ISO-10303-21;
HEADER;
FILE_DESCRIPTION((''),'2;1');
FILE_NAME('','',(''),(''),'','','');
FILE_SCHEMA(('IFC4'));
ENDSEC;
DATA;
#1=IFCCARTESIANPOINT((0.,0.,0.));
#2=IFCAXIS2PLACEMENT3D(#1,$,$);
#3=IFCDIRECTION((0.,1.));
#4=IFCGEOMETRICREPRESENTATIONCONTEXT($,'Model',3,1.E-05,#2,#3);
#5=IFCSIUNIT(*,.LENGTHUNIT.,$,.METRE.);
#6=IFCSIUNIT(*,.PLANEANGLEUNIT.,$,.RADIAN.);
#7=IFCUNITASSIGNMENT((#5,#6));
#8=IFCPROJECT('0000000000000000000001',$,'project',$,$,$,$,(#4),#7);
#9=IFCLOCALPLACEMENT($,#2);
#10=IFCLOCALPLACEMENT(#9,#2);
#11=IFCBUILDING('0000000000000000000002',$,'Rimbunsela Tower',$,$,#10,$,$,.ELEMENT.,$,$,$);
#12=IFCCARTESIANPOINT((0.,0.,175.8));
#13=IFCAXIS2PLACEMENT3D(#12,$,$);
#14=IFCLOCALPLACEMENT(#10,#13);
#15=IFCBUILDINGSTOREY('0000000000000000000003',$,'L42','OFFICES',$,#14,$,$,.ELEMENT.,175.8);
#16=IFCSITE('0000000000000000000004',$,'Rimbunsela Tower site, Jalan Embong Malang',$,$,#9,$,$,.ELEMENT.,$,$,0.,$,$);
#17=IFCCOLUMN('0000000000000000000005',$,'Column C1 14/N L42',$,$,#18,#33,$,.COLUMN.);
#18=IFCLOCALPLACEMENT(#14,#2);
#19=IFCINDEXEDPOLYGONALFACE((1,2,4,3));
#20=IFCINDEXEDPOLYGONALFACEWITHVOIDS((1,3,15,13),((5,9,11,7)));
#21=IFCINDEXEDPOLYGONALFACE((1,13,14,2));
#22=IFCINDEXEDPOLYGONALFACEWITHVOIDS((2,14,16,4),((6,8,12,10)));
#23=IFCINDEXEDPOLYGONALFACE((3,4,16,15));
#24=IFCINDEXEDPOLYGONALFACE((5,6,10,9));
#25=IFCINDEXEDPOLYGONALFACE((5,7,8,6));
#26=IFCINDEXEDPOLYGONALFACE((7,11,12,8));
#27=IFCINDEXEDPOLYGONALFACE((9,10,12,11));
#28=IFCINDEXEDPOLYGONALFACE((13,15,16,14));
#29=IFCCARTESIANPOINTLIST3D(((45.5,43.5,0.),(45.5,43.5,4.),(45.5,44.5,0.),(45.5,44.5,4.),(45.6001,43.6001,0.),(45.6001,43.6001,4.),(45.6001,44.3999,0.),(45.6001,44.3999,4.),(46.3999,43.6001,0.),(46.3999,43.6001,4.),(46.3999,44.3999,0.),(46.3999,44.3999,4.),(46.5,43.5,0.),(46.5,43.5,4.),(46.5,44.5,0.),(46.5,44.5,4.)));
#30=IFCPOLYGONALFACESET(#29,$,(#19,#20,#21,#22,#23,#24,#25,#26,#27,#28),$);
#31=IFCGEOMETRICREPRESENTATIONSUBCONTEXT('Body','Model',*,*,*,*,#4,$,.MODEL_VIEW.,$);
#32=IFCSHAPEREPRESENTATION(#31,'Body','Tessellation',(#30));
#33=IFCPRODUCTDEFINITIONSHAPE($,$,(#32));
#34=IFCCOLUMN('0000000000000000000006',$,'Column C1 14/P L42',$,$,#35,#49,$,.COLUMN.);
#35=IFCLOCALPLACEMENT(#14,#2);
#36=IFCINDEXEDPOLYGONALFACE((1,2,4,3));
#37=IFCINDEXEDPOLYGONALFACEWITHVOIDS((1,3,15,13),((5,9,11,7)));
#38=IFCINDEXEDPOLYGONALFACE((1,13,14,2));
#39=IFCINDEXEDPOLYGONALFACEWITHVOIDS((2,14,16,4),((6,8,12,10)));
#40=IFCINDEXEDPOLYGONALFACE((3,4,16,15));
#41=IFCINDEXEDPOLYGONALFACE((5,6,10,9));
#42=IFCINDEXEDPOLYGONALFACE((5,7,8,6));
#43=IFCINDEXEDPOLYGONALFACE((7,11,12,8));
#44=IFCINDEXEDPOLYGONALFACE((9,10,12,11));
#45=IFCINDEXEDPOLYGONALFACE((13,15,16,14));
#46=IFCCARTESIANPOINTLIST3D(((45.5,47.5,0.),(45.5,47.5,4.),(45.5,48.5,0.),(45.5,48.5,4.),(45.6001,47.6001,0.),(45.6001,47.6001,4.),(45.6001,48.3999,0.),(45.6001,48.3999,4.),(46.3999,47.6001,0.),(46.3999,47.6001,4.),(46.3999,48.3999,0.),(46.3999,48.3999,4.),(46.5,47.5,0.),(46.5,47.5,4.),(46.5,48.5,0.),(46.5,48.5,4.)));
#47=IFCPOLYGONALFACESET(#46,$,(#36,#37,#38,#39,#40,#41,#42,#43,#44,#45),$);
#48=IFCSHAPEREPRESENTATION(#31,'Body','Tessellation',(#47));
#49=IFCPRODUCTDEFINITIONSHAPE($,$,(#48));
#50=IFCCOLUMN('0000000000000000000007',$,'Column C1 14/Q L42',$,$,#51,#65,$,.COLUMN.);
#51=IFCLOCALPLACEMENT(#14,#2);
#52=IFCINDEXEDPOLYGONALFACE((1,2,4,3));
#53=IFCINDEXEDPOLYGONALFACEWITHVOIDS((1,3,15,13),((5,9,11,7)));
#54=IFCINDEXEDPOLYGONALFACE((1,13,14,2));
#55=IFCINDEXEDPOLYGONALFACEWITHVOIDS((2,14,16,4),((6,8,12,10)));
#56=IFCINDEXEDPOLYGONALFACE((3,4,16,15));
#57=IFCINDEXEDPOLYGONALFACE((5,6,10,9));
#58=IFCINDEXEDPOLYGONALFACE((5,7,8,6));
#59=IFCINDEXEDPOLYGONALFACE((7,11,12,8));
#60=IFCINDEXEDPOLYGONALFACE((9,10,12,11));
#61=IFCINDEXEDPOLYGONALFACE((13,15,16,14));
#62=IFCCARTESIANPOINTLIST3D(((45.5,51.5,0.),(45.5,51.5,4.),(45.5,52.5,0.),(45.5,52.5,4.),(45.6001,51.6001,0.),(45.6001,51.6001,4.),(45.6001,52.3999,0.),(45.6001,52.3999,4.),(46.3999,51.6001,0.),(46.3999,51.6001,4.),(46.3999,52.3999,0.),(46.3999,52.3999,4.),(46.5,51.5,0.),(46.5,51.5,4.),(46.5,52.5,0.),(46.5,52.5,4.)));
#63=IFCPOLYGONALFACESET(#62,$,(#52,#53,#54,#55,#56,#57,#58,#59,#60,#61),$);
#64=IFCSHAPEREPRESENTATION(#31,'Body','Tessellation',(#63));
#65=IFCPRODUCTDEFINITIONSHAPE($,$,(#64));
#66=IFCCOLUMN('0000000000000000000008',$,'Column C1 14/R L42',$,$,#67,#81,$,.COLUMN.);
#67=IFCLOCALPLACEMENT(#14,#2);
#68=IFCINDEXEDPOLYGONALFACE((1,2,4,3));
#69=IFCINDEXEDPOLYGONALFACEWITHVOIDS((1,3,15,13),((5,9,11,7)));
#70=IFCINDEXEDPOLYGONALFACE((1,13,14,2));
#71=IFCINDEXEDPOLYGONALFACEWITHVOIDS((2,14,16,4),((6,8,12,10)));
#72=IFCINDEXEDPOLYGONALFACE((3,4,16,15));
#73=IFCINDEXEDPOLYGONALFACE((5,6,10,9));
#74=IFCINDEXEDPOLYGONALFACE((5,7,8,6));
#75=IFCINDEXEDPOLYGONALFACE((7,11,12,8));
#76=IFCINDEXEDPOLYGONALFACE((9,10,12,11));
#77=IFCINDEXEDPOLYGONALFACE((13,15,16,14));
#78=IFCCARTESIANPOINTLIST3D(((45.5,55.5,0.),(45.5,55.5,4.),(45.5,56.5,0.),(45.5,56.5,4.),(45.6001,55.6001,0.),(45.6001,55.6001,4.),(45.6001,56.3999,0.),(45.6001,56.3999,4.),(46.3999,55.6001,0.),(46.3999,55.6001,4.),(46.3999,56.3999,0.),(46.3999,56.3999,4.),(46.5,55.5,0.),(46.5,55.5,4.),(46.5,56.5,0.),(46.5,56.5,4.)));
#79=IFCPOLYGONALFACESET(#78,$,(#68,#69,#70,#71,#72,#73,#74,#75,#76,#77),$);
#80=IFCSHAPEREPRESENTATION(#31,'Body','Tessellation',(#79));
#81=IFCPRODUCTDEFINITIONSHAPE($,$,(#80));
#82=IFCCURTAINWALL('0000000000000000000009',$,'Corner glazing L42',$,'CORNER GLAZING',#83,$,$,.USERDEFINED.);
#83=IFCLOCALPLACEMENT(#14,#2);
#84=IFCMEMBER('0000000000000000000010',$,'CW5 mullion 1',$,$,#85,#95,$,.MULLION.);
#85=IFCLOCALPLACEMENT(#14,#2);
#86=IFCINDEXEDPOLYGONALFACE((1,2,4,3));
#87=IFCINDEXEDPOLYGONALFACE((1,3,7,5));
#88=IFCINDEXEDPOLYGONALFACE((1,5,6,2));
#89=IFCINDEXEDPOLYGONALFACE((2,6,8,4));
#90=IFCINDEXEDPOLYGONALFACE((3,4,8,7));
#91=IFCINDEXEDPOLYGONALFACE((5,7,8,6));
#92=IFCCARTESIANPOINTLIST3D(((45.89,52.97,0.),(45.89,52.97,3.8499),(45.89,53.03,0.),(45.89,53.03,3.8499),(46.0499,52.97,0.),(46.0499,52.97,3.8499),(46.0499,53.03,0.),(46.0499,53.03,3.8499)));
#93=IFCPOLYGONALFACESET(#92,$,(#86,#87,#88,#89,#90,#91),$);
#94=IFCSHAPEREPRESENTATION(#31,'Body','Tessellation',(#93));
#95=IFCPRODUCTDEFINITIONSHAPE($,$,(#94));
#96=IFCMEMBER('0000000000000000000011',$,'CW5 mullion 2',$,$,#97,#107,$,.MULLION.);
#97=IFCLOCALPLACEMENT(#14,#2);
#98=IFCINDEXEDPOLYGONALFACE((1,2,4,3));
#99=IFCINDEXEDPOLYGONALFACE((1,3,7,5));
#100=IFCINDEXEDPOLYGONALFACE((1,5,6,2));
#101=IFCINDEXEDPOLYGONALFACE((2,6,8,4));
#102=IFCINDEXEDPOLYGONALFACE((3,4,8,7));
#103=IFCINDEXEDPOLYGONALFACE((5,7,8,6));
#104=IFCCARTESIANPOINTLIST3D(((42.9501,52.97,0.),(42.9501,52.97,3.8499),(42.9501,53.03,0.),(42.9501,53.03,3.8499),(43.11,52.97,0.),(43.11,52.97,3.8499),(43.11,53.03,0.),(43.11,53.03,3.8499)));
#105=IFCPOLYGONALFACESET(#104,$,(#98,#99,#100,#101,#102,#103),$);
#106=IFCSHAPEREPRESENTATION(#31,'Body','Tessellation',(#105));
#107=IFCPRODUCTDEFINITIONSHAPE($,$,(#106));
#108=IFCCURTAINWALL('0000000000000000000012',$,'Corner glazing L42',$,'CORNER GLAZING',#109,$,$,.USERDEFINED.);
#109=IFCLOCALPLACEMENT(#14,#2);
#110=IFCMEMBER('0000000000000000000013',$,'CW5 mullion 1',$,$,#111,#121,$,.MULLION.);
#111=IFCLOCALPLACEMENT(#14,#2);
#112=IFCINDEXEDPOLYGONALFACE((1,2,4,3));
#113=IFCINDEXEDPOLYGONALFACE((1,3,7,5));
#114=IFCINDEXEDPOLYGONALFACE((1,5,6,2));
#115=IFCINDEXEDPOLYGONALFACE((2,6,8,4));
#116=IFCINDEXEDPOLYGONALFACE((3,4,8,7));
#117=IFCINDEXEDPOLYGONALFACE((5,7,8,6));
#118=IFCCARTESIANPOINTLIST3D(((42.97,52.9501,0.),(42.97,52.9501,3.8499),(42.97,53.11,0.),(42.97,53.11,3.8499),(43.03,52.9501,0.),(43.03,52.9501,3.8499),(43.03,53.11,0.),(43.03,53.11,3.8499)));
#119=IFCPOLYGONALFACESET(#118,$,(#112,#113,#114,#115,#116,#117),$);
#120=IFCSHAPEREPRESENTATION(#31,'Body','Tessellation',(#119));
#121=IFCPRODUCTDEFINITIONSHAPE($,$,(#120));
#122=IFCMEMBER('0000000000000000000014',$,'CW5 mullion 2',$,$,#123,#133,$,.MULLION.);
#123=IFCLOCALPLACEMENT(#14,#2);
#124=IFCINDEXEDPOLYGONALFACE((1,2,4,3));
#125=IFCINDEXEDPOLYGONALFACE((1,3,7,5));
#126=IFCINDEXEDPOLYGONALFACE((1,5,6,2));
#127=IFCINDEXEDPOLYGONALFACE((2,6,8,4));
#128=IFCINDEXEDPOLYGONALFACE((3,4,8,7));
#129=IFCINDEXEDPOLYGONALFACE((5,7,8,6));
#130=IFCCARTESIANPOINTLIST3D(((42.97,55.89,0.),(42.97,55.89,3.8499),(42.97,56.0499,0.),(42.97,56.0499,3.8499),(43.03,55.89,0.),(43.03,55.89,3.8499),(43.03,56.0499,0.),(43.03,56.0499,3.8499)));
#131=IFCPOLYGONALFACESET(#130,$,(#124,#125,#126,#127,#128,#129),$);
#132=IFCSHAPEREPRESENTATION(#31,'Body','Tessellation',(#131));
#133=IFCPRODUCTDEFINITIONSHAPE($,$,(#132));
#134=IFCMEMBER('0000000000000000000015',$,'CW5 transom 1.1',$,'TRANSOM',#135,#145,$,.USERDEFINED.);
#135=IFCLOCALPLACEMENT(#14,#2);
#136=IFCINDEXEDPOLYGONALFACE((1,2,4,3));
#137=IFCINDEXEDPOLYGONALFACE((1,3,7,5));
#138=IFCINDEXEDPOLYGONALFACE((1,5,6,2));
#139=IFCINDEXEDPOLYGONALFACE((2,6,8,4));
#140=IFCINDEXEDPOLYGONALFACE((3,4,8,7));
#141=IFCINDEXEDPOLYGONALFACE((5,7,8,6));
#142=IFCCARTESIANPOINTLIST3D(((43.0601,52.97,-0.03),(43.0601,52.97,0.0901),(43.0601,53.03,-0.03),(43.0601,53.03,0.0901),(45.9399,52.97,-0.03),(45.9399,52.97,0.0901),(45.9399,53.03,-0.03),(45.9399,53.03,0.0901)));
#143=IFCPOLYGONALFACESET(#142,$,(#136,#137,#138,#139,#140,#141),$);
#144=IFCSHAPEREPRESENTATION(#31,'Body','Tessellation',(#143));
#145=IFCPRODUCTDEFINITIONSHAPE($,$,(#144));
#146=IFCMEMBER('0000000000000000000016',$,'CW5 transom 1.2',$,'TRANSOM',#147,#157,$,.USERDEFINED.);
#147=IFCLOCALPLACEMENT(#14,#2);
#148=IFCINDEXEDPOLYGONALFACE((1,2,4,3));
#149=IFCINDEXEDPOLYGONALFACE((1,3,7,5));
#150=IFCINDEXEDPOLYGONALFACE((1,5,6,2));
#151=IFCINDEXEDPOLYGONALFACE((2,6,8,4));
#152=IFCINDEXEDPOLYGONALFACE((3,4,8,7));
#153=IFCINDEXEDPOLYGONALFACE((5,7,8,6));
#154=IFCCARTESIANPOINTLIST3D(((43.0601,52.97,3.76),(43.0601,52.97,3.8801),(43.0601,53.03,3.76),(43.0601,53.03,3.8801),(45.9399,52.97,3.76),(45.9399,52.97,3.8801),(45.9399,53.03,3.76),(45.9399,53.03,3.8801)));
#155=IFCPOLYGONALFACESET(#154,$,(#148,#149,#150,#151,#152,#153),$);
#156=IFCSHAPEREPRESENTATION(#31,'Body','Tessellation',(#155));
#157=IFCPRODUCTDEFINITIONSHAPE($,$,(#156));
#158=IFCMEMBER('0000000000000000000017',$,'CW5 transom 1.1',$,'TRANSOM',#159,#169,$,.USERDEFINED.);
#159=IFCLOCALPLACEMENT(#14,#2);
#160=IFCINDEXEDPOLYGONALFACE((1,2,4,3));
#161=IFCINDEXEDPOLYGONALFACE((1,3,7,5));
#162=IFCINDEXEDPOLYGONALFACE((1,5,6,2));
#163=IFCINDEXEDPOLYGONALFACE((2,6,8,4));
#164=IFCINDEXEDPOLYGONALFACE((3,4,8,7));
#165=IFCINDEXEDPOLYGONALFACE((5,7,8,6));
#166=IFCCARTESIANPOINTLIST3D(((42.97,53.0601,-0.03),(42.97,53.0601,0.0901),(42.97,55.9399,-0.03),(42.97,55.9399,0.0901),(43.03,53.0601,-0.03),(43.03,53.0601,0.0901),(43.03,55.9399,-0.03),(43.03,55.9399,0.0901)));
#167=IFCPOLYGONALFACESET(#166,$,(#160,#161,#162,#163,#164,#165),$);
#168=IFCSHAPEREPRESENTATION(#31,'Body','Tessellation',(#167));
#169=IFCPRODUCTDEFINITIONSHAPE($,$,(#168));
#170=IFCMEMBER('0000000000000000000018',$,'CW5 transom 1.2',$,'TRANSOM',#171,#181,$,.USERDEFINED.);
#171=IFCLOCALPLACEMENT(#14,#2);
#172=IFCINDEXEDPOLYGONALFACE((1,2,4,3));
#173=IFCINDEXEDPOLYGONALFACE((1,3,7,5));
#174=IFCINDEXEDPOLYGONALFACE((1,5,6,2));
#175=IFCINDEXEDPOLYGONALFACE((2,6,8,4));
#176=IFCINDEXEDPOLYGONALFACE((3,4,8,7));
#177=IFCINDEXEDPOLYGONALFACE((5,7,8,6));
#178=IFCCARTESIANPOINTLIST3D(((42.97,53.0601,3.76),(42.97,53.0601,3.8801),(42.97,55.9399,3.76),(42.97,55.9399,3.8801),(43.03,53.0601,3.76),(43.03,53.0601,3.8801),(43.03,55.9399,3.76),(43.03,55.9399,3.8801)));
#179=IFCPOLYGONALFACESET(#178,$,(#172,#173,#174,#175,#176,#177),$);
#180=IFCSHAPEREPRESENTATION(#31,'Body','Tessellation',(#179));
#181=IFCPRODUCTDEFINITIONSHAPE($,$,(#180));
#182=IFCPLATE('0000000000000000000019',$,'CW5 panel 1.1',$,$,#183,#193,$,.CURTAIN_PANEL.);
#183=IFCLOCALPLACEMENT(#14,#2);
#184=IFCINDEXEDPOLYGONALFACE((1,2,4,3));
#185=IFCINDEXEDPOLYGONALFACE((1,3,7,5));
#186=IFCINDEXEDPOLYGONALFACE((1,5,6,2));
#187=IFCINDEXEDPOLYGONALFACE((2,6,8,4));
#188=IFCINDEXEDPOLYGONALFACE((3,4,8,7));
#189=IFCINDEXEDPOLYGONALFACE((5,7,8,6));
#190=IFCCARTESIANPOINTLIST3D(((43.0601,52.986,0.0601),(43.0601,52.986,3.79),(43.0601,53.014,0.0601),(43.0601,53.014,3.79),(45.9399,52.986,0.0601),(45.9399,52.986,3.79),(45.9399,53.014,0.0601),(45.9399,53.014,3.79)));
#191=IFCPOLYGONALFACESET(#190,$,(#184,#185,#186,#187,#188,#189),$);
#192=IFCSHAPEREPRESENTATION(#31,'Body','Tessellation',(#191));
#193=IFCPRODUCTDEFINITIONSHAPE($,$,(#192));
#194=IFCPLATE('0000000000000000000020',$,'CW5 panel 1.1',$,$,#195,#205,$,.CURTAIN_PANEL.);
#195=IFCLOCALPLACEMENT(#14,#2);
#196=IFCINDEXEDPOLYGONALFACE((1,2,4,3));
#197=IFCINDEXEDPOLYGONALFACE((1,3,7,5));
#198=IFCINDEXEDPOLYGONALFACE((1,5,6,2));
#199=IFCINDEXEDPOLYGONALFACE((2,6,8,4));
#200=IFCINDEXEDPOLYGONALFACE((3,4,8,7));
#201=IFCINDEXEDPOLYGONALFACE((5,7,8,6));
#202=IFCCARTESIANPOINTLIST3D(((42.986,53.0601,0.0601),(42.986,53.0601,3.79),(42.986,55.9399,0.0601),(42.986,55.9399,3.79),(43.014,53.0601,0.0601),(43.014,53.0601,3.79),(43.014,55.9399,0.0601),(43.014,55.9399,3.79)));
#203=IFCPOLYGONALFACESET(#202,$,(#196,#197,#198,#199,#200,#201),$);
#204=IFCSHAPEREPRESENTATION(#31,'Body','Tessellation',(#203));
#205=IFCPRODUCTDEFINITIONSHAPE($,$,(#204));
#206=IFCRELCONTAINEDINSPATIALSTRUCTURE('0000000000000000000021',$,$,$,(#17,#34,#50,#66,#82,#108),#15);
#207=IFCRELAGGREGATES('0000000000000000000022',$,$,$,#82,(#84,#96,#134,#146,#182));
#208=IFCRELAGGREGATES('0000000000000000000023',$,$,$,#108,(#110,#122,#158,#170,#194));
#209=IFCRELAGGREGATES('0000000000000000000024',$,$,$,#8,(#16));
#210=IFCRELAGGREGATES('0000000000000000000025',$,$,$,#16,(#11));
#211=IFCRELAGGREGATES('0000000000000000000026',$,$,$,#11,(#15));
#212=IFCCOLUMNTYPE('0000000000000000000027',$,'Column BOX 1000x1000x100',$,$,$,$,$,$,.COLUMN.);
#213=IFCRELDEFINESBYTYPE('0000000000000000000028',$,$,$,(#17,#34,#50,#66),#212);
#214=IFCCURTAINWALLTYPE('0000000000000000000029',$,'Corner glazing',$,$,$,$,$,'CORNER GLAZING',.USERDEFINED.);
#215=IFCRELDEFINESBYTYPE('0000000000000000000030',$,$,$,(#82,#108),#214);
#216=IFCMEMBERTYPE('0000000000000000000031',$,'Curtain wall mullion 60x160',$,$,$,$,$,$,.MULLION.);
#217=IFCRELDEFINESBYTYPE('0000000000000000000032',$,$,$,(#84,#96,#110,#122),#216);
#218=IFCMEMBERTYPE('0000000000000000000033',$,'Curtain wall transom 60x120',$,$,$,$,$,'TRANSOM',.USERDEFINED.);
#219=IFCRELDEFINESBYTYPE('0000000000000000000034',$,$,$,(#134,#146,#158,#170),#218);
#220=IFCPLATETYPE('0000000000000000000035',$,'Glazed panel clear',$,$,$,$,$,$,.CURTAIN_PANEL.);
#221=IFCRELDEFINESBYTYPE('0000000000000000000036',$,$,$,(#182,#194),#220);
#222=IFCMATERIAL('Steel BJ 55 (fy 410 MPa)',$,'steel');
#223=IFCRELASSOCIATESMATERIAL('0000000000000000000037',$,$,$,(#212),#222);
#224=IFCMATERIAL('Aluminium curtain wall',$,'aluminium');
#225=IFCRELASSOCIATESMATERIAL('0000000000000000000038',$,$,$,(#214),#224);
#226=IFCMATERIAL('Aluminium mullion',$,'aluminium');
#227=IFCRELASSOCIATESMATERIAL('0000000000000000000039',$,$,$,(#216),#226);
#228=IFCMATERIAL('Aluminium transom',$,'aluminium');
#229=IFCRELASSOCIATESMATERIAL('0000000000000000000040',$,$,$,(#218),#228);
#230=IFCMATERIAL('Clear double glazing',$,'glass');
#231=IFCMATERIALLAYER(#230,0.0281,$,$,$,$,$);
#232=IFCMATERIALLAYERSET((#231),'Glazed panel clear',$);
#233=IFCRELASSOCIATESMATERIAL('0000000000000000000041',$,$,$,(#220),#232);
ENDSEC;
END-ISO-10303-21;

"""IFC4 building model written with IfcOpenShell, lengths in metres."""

from ifc_helpers import new_model, si_unit, direction, frame, origin, origin_2d, place, context, subcontext, project, spatial, rectangle, hollow_rectangle, extrude, material, layer, layer_set, material_profile, profile_set, type_object, element, aggregate, save


model = new_model("IFC4")

# Units and contexts
model_context = context("Model", 3, precision=1e-05, world=origin(), true_north=direction((0.0, 1.0)))
body_context = subcontext(model_context, "Body", "Model", "MODEL_VIEW")
ifc_project = project(units=[si_unit("LENGTHUNIT", "METRE"), si_unit("PLANEANGLEUNIT", "RADIAN")], contexts=[model_context])

# Site, building, storey
site_placement = place(None, origin())
site = spatial("IfcSite", under=ifc_project, at=site_placement, Name="Rimbunsela Tower site, Jalan Embong Malang", CompositionType="ELEMENT", RefElevation=0.0)
building_placement = place(site_placement, origin())
building = spatial("IfcBuilding", under=site, at=building_placement, Name="Rimbunsela Tower", CompositionType="ELEMENT")
storey_placement = place(building_placement, frame((0.0, 0.0, 175.8)))
storey = spatial("IfcBuildingStorey", under=building, at=storey_placement, Name="L42", Description="OFFICES", CompositionType="ELEMENT", Elevation=175.8)

# Columns
ifc_material_1 = material(Name="Steel BJ 55 (fy 410 MPa)", Category="steel")
ifc_material_profile_1 = material_profile(ifc_material_1, hollow_rectangle(XDim=1.0, YDim=1.0, WallThickness=0.1001, at=origin_2d()), Name="BOX 1000x1000x100")
ifc_profile_set_1 = profile_set([ifc_material_profile_1], Name="Steel BJ 55 (fy 410 MPa)")
column_type = type_object("IfcColumnType", Name="Column BOX 1000x1000x100", PredefinedType="COLUMN", material=ifc_profile_set_1)
for number, where, z_axis, x_axis, name in (
    (1, (46.0, 44.0, 0.0), (0.0, 0.0, 1.0), (1.0, 0.0, 0.0), "Column C1 14/N L42"),
    (2, (46.0, 48.0, 0.0), (0.0, 0.0, 1.0), (1.0, 0.0, 0.0), "Column C1 14/P L42"),
    (3, (46.0, 52.0, 0.0), (0.0, 0.0, 1.0), (1.0, 0.0, 0.0), "Column C1 14/Q L42"),
    (4, (46.0, 56.0, 0.0), (0.0, 0.0, 1.0), (1.0, 0.0, 0.0), "Column C1 14/R L42"),
):
    element("IfcColumn", number, at=place(storey_placement, frame(where, z_axis=z_axis, x_axis=x_axis)), inside=storey, type_object=column_type, Name=name, PredefinedType="COLUMN", context=body_context, shape_type="SweptSolid", body=[
        extrude(hollow_rectangle(XDim=1.0, YDim=1.0, WallThickness=0.1001, at=origin_2d()), origin(), (0.0, 0.0, 1.0), 4.0),
    ])

# Curtain walls, members
ifc_material_2 = material(Name="Aluminium curtain wall", Category="aluminium")
curtain_wall_type = type_object("IfcCurtainWallType", Name="Corner glazing", ElementType="CORNER GLAZING", PredefinedType="USERDEFINED", material=ifc_material_2)
curtain_wall_1_placement = place(storey_placement, origin())
curtain_wall_1 = element("IfcCurtainWall", 5, at=curtain_wall_1_placement, inside=storey, type_object=curtain_wall_type, Name="Corner glazing L42", ObjectType="CORNER GLAZING", PredefinedType="USERDEFINED")
ifc_material_3 = material(Name="Aluminium mullion", Category="aluminium")
ifc_material_profile_2 = material_profile(ifc_material_3, rectangle(XDim=0.0601, YDim=0.1599, at=origin_2d()), Name="Mullion 60x160")
ifc_profile_set_2 = profile_set([ifc_material_profile_2], Name="Aluminium mullion")
member_type_1 = type_object("IfcMemberType", Name="Curtain wall mullion 60x160", PredefinedType="MULLION", material=ifc_profile_set_2)
member_1_placement = place(storey_placement, frame((45.97, 53.0, 0.0), z_axis=(0.0, 0.0, 1.0), x_axis=(0.0, -1.0, 0.0)))
member_1 = element("IfcMember", 6, at=member_1_placement, type_object=member_type_1, Name="CW5 mullion 1", PredefinedType="MULLION", context=body_context, shape_type="SweptSolid", body=[
    extrude(rectangle(XDim=0.0601, YDim=0.1599, at=origin_2d()), origin(), (0.0, 0.0, 1.0), 3.8499),
])
member_2_placement = place(storey_placement, frame((43.03, 53.0, 0.0), z_axis=(0.0, 0.0, 1.0), x_axis=(0.0, -1.0, 0.0)))
member_2 = element("IfcMember", 7, at=member_2_placement, type_object=member_type_1, Name="CW5 mullion 2", PredefinedType="MULLION", context=body_context, shape_type="SweptSolid", body=[
    extrude(rectangle(XDim=0.0601, YDim=0.1599, at=origin_2d()), origin(), (0.0, 0.0, 1.0), 3.8499),
])
curtain_wall_2_placement = place(storey_placement, origin())
curtain_wall_2 = element("IfcCurtainWall", 8, at=curtain_wall_2_placement, inside=storey, type_object=curtain_wall_type, Name="Corner glazing L42", ObjectType="CORNER GLAZING", PredefinedType="USERDEFINED")
member_3_placement = place(storey_placement, frame((43.0, 53.03, 0.0), z_axis=(0.0, 0.0, 1.0), x_axis=(-1.0, 0.0, 0.0)))
member_3 = element("IfcMember", 9, at=member_3_placement, type_object=member_type_1, Name="CW5 mullion 1", PredefinedType="MULLION", context=body_context, shape_type="SweptSolid", body=[
    extrude(rectangle(XDim=0.0601, YDim=0.1599, at=origin_2d()), origin(), (0.0, 0.0, 1.0), 3.8499),
])
member_4_placement = place(storey_placement, frame((43.0, 55.97, 0.0), z_axis=(0.0, 0.0, 1.0), x_axis=(-1.0, 0.0, 0.0)))
member_4 = element("IfcMember", 10, at=member_4_placement, type_object=member_type_1, Name="CW5 mullion 2", PredefinedType="MULLION", context=body_context, shape_type="SweptSolid", body=[
    extrude(rectangle(XDim=0.0601, YDim=0.1599, at=origin_2d()), origin(), (0.0, 0.0, 1.0), 3.8499),
])

# Members
ifc_material_4 = material(Name="Aluminium transom", Category="aluminium")
ifc_material_profile_3 = material_profile(ifc_material_4, rectangle(XDim=0.0601, YDim=0.1201, at=origin_2d()), Name="Transom 60x120")
ifc_profile_set_3 = profile_set([ifc_material_profile_3], Name="Aluminium transom")
member_type_2 = type_object("IfcMemberType", Name="Curtain wall transom 60x120", ElementType="TRANSOM", PredefinedType="USERDEFINED", material=ifc_profile_set_3)
member_5_placement = place(storey_placement, frame((45.9399, 53.0, 0.03), z_axis=(-1.0, 0.0, 0.0), x_axis=(0.0, -1.0, 0.0)))
member_5 = element("IfcMember", 11, at=member_5_placement, type_object=member_type_2, Name="CW5 transom 1.1", ObjectType="TRANSOM", PredefinedType="USERDEFINED", context=body_context, shape_type="SweptSolid", body=[
    extrude(rectangle(XDim=0.0601, YDim=0.1201, at=origin_2d()), origin(), (0.0, 0.0, 1.0), 2.8799),
])
member_6_placement = place(storey_placement, frame((45.9399, 53.0, 3.8201), z_axis=(-1.0, 0.0, 0.0), x_axis=(0.0, -1.0, 0.0)))
member_6 = element("IfcMember", 12, at=member_6_placement, type_object=member_type_2, Name="CW5 transom 1.2", ObjectType="TRANSOM", PredefinedType="USERDEFINED", context=body_context, shape_type="SweptSolid", body=[
    extrude(rectangle(XDim=0.0601, YDim=0.1201, at=origin_2d()), origin(), (0.0, 0.0, 1.0), 2.8799),
])
member_7_placement = place(storey_placement, frame((43.0, 53.0601, 0.03), z_axis=(0.0, 1.0, 0.0), x_axis=(-1.0, 0.0, 0.0)))
member_7 = element("IfcMember", 13, at=member_7_placement, type_object=member_type_2, Name="CW5 transom 1.1", ObjectType="TRANSOM", PredefinedType="USERDEFINED", context=body_context, shape_type="SweptSolid", body=[
    extrude(rectangle(XDim=0.0601, YDim=0.1201, at=origin_2d()), origin(), (0.0, 0.0, 1.0), 2.8799),
])
member_8_placement = place(storey_placement, frame((43.0, 53.0601, 3.8201), z_axis=(0.0, 1.0, 0.0), x_axis=(-1.0, 0.0, 0.0)))
member_8 = element("IfcMember", 14, at=member_8_placement, type_object=member_type_2, Name="CW5 transom 1.2", ObjectType="TRANSOM", PredefinedType="USERDEFINED", context=body_context, shape_type="SweptSolid", body=[
    extrude(rectangle(XDim=0.0601, YDim=0.1201, at=origin_2d()), origin(), (0.0, 0.0, 1.0), 2.8799),
])

# Plates
ifc_material_5 = material(Name="Clear double glazing", Category="glass")
ifc_layer_1 = layer(ifc_material_5, 0.0281)
ifc_layer_set_1 = layer_set([ifc_layer_1], Name="Glazed panel clear")
plate_type = type_object("IfcPlateType", Name="Glazed panel clear", PredefinedType="CURTAIN_PANEL", material=ifc_layer_set_1)
plate_1_placement = place(storey_placement, frame((44.5, 53.0, 0.0601), z_axis=(0.0, 0.0, 1.0), x_axis=(-1.0, 0.0, 0.0)))
plate_1 = element("IfcPlate", 15, at=plate_1_placement, type_object=plate_type, Name="CW5 panel 1.1", PredefinedType="CURTAIN_PANEL", context=body_context, shape_type="SweptSolid", body=[
    extrude(rectangle(XDim=2.8799, YDim=0.0281, at=origin_2d()), origin(), (0.0, 0.0, 1.0), 3.73),
])
aggregate(curtain_wall_1, [member_1, member_2, member_5, member_6, plate_1])
plate_2_placement = place(storey_placement, frame((43.0, 54.5, 0.0601), z_axis=(0.0, 0.0, 1.0), x_axis=(0.0, 1.0, 0.0)))
plate_2 = element("IfcPlate", 16, at=plate_2_placement, type_object=plate_type, Name="CW5 panel 1.1", PredefinedType="CURTAIN_PANEL", context=body_context, shape_type="SweptSolid", body=[
    extrude(rectangle(XDim=2.8799, YDim=0.0281, at=origin_2d()), origin(), (0.0, 0.0, 1.0), 3.73),
])
aggregate(curtain_wall_2, [member_3, member_4, member_7, member_8, plate_2])

save(model, "model.ifc")
